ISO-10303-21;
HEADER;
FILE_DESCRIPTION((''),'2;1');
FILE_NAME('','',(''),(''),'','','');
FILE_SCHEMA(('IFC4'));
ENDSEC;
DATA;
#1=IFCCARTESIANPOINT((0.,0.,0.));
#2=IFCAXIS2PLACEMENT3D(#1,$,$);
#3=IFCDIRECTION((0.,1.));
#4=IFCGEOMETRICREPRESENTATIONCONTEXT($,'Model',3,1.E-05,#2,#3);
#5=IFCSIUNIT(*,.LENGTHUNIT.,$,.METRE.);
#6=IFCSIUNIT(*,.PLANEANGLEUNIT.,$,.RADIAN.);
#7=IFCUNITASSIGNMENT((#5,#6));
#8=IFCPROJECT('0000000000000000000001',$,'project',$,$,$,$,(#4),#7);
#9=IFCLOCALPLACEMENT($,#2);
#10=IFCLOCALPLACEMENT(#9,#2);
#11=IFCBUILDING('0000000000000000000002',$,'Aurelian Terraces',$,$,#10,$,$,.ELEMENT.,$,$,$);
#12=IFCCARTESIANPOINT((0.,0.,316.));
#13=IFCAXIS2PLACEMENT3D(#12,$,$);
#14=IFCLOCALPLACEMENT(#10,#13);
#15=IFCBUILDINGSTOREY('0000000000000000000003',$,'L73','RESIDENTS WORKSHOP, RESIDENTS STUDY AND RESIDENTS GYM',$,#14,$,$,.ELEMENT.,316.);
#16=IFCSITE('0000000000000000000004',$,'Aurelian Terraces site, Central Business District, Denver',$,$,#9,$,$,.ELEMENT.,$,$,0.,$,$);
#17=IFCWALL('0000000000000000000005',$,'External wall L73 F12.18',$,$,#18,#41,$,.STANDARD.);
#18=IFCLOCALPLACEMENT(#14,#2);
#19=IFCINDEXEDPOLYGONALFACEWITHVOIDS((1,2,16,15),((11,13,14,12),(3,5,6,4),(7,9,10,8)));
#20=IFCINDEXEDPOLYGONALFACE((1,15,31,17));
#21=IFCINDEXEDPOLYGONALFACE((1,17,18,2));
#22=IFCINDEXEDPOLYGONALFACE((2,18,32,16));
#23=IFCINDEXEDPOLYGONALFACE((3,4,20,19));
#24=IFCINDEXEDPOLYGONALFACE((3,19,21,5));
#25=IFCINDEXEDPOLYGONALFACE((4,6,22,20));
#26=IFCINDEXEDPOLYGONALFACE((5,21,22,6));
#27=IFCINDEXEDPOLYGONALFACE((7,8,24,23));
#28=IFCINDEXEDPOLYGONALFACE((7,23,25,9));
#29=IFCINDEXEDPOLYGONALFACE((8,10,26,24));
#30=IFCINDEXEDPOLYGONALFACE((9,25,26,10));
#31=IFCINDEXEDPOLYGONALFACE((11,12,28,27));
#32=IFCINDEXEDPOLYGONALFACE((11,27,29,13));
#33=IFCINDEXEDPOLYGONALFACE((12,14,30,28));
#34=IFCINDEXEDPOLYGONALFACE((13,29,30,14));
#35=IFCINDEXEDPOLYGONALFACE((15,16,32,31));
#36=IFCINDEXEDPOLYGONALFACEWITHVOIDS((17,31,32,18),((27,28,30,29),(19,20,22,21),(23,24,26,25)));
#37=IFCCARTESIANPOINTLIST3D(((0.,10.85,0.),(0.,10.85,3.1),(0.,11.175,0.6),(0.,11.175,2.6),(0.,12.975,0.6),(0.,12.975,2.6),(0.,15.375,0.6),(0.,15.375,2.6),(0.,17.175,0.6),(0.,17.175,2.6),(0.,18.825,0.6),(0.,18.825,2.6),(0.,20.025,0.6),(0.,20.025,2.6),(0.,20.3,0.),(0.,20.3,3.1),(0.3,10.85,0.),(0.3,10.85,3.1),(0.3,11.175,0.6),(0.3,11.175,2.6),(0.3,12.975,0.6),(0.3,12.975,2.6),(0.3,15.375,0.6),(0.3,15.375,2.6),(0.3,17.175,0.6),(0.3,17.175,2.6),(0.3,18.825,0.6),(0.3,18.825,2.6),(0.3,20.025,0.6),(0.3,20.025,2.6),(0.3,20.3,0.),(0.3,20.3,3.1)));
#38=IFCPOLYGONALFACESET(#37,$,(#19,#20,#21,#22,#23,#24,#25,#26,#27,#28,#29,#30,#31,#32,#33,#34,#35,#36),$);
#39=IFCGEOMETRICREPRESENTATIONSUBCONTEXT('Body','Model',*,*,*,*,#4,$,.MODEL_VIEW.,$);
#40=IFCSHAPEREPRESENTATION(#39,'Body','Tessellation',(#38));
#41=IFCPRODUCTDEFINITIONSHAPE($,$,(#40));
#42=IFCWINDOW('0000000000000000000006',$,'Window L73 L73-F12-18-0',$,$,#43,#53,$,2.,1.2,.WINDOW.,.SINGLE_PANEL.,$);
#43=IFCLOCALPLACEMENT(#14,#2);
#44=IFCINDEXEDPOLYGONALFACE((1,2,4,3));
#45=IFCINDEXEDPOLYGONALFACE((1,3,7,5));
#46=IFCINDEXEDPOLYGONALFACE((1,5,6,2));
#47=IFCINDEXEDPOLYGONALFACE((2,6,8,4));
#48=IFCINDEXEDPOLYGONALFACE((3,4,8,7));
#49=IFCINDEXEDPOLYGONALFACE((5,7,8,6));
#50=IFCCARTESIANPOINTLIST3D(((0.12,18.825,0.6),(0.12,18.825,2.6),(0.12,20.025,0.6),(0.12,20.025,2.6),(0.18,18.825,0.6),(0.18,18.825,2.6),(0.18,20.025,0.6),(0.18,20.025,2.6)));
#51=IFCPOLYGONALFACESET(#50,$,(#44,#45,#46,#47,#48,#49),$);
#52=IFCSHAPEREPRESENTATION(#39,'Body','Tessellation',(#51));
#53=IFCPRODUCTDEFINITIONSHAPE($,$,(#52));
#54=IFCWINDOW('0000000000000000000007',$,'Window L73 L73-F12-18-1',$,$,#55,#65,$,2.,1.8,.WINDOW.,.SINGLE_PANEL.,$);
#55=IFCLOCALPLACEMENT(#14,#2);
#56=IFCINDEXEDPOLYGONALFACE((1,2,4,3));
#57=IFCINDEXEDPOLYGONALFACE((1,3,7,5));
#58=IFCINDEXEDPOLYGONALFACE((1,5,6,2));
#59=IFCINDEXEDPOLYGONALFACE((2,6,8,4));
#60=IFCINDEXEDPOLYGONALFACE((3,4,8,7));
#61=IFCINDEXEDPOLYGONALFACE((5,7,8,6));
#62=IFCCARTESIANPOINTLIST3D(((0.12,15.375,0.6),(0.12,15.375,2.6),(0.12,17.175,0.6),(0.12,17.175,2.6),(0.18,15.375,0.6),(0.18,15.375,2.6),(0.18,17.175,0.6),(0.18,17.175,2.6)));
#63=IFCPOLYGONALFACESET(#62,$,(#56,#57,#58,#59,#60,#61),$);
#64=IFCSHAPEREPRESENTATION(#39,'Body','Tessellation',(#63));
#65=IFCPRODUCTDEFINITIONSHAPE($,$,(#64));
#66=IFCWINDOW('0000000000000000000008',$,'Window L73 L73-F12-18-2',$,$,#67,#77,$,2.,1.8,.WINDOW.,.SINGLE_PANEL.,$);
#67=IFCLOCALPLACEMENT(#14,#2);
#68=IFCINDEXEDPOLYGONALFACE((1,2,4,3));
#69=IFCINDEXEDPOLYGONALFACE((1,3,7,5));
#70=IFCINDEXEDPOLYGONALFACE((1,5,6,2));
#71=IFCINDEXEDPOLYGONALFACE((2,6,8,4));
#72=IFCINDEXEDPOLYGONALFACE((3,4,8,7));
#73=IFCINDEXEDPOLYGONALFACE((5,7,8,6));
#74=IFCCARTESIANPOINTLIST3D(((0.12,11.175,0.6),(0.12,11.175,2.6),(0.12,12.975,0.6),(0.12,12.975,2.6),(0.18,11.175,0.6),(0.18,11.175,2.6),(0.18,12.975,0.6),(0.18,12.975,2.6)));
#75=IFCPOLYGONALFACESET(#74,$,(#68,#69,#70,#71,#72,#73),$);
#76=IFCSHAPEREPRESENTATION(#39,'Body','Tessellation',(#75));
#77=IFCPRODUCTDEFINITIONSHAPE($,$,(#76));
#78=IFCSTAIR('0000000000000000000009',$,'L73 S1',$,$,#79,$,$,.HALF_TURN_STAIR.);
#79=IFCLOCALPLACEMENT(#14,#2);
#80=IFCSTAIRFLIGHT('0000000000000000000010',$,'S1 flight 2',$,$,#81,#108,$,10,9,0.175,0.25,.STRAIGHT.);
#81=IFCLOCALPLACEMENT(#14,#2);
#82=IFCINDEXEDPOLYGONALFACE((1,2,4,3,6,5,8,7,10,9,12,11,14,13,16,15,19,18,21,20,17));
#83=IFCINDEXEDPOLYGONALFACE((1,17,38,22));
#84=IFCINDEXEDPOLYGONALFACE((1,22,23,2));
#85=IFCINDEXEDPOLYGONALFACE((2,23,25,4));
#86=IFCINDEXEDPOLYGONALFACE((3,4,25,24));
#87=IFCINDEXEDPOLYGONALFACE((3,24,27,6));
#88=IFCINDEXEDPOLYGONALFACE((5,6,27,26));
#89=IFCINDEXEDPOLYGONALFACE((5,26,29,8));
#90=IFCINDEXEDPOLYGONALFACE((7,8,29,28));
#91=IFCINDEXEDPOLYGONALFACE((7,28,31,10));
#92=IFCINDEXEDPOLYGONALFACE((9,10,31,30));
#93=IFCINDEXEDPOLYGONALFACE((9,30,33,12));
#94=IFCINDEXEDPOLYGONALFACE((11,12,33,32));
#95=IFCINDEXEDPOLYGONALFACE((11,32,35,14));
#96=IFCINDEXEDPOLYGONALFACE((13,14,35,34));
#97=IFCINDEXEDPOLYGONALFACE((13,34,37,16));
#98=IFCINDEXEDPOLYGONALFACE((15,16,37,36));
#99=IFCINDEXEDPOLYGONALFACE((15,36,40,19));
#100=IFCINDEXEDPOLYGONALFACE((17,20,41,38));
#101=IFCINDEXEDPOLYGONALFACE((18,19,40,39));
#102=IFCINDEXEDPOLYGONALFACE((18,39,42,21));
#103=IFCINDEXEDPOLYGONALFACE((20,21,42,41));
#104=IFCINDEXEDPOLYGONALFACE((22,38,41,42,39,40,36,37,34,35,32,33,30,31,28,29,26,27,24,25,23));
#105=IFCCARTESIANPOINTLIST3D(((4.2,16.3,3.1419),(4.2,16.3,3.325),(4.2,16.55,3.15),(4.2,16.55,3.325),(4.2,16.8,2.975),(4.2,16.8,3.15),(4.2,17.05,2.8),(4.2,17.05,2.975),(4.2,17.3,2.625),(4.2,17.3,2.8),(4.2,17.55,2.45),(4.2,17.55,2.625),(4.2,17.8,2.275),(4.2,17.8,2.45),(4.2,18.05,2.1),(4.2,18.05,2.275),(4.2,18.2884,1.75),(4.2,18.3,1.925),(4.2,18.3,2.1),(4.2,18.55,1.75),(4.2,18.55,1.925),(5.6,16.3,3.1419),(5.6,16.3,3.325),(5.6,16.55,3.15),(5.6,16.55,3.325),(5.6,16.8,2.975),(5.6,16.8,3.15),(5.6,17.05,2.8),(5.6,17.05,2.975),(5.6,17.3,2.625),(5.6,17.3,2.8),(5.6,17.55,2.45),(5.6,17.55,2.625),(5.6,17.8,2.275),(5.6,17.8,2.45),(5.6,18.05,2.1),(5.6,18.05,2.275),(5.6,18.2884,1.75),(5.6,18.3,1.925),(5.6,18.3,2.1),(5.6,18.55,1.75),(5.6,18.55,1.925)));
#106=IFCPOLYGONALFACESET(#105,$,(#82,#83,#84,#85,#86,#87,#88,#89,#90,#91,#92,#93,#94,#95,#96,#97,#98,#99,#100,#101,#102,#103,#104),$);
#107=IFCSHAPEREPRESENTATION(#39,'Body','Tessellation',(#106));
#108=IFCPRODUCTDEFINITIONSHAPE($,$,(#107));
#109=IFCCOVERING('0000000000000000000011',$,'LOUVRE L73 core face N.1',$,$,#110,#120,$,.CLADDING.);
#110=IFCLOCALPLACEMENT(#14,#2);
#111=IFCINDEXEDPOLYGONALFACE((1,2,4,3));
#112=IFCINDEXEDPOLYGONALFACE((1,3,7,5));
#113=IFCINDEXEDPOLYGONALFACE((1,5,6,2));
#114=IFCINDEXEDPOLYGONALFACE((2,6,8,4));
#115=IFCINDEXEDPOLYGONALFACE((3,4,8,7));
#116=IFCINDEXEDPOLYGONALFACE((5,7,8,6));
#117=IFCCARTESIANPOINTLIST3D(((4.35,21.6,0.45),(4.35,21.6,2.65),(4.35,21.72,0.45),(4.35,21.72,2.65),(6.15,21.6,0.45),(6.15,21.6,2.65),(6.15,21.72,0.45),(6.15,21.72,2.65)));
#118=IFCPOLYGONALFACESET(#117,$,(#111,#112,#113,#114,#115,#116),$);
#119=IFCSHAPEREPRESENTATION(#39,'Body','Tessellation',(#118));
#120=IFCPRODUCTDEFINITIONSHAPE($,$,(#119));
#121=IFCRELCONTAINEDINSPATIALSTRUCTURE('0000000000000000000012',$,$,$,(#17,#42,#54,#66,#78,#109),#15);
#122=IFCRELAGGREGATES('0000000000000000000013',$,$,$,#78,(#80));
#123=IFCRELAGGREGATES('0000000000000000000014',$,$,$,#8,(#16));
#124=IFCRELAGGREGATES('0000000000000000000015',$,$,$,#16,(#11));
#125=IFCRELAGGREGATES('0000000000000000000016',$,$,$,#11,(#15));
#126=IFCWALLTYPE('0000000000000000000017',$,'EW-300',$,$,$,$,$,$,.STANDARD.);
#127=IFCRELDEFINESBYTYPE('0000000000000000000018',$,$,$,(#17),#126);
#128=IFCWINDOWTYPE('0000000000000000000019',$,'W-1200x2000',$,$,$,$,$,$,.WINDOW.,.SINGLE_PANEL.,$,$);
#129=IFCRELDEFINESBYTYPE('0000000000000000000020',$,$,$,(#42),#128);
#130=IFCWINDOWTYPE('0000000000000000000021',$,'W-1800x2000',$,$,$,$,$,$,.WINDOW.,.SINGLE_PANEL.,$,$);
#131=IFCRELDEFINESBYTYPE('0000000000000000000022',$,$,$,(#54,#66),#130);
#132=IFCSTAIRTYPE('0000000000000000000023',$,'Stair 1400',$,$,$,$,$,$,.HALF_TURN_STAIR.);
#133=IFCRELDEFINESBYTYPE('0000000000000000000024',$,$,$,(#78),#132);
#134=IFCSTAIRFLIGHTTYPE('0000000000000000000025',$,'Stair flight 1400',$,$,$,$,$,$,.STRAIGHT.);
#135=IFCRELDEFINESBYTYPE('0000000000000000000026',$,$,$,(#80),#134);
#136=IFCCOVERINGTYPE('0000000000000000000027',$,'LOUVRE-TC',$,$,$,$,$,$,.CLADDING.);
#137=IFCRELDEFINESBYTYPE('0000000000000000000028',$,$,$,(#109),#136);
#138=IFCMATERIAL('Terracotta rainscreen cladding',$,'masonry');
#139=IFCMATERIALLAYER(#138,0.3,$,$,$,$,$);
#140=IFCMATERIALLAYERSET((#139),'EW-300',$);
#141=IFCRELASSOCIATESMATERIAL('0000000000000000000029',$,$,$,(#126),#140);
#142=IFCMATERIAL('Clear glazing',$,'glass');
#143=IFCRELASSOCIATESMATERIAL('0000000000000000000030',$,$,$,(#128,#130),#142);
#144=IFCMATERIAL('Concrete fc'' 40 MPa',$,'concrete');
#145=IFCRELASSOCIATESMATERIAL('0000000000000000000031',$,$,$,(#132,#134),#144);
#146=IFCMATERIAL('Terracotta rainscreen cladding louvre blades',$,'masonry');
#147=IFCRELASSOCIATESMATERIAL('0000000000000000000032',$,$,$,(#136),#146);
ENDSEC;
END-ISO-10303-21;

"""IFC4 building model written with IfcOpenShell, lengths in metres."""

from ifc_helpers import new_model, si_unit, direction, frame, frame_2d, origin, origin_2d, place, context, subcontext, project, spatial, polyline, rectangle, outline, extrude, source, transform, mapped, material, layer, layer_set, type_object, element, fill, aggregate, save


model = new_model("IFC4")

# Units and contexts
model_context = context("Model", 3, precision=1e-05, world=origin(), true_north=direction((0.0, 1.0)))
body_context = subcontext(model_context, "Body", "Model", "MODEL_VIEW")
ifc_project = project(units=[si_unit("LENGTHUNIT", "METRE"), si_unit("PLANEANGLEUNIT", "RADIAN")], contexts=[model_context])

# Site, building, storey
site_placement = place(None, origin())
site = spatial("IfcSite", under=ifc_project, at=site_placement, Name="Aurelian Terraces site, Central Business District, Denver", CompositionType="ELEMENT", RefElevation=0.0)
building_placement = place(site_placement, origin())
building = spatial("IfcBuilding", under=site, at=building_placement, Name="Aurelian Terraces", CompositionType="ELEMENT")
storey_placement = place(building_placement, frame((0.0, 0.0, 316.0)))
storey = spatial("IfcBuildingStorey", under=building, at=storey_placement, Name="L73", Description="RESIDENTS WORKSHOP, RESIDENTS STUDY AND RESIDENTS GYM", CompositionType="ELEMENT", Elevation=316.0)

# Shared definitions
ifc_material_1 = material(Name="Terracotta rainscreen cladding", Category="masonry")
ifc_layer_1 = layer(ifc_material_1, 0.3)
ifc_layer_set_1 = layer_set([ifc_layer_1], Name="EW-300")
wall_type_1 = type_object("IfcWallType", Name="EW-300", PredefinedType="STANDARD", material=ifc_layer_set_1)
ifc_material_2 = material(Name="Clear glazing", Category="glass")

# Wall, openings, windows
shared_shape_1 = source(origin(), body_context, "Body", "SweptSolid", [
    extrude(rectangle(XDim=9.45, YDim=0.3, at=frame_2d((4.725, 0.0))), origin(), (0.0, 0.0, 1.0), 3.1),
])
wall_1_placement = place(storey_placement, frame((0.15, 20.3, 0.0), z_axis=(0.0, 0.0, 1.0), x_axis=(0.0, -1.0, 0.0)))
wall_1 = element("IfcWall", 1, at=wall_1_placement, inside=storey, type_object=wall_type_1, Name="External wall L73 F12.18", PredefinedType="STANDARD", context=body_context, shape_type="MappedRepresentation", body=[
    mapped(shared_shape_1, transform((0.0, 0.0, 0.0), scale=1.0)),
])
shared_shape_2 = source(origin(), body_context, "Body", "SweptSolid", [
    extrude(rectangle(XDim=1.2, YDim=2.0, at=frame_2d((0.6, 1.0))), frame((0.0, 0.16, 0.0), z_axis=(0.0, -1.0, 0.0), x_axis=(1.0, 0.0, 0.0)), (0.0, 0.0, 1.0), 0.32),
])
opening_1_placement = place(wall_1_placement, frame((0.275, 0.0, 0.6)))
opening_1 = element("IfcOpeningElement", 2, at=opening_1_placement, cuts=wall_1, PredefinedType="OPENING", context=body_context, shape_type="MappedRepresentation", body=[
    mapped(shared_shape_2, transform((0.0, 0.0, 0.0), scale=1.0)),
])
shared_shape_3 = source(origin(), body_context, "Body", "SweptSolid", [
    extrude(rectangle(XDim=1.8, YDim=2.0, at=frame_2d((0.9, 1.0))), frame((0.0, 0.16, 0.0), z_axis=(0.0, -1.0, 0.0), x_axis=(1.0, 0.0, 0.0)), (0.0, 0.0, 1.0), 0.32),
])
opening_2_placement = place(wall_1_placement, frame((3.125, 0.0, 0.6)))
opening_2 = element("IfcOpeningElement", 3, at=opening_2_placement, cuts=wall_1, PredefinedType="OPENING", context=body_context, shape_type="MappedRepresentation", body=[
    mapped(shared_shape_3, transform((0.0, 0.0, 0.0), scale=1.0)),
])
opening_3_placement = place(wall_1_placement, frame((7.325, 0.0, 0.6)))
opening_3 = element("IfcOpeningElement", 4, at=opening_3_placement, cuts=wall_1, PredefinedType="OPENING", context=body_context, shape_type="MappedRepresentation", body=[
    mapped(shared_shape_3, transform((0.0, 0.0, 0.0), scale=1.0)),
])
window_type_1 = type_object("IfcWindowType", Name="W-1200x2000", PartitioningType="SINGLE_PANEL", PredefinedType="WINDOW", material=ifc_material_2)
shared_shape_4 = source(origin(), body_context, "Body", "SweptSolid", [
    extrude(rectangle(XDim=1.2, YDim=2.0, at=frame_2d((0.6, 1.0))), frame((0.0, 0.03, 0.0), z_axis=(0.0, -1.0, 0.0), x_axis=(1.0, 0.0, 0.0)), (0.0, 0.0, 1.0), 0.06),
])
window_1_placement = place(opening_1_placement, origin())
window_1 = element("IfcWindow", 5, at=window_1_placement, inside=storey, type_object=window_type_1, Name="Window L73 L73-F12-18-0", OverallHeight=2.0, OverallWidth=1.2, PartitioningType="SINGLE_PANEL", PredefinedType="WINDOW", context=body_context, shape_type="MappedRepresentation", body=[
    mapped(shared_shape_4, transform((0.0, 0.0, 0.0), scale=1.0)),
])
fill(opening_1, window_1)
window_type_2 = type_object("IfcWindowType", Name="W-1800x2000", PartitioningType="SINGLE_PANEL", PredefinedType="WINDOW", material=ifc_material_2)
shared_shape_5 = source(origin(), body_context, "Body", "SweptSolid", [
    extrude(rectangle(XDim=1.8, YDim=2.0, at=frame_2d((0.9, 1.0))), frame((0.0, 0.03, 0.0), z_axis=(0.0, -1.0, 0.0), x_axis=(1.0, 0.0, 0.0)), (0.0, 0.0, 1.0), 0.06),
])
window_2_placement = place(opening_2_placement, origin())
window_2 = element("IfcWindow", 6, at=window_2_placement, inside=storey, type_object=window_type_2, Name="Window L73 L73-F12-18-1", OverallHeight=2.0, OverallWidth=1.8, PartitioningType="SINGLE_PANEL", PredefinedType="WINDOW", context=body_context, shape_type="MappedRepresentation", body=[
    mapped(shared_shape_5, transform((0.0, 0.0, 0.0), scale=1.0)),
])
fill(opening_2, window_2)
window_3_placement = place(opening_3_placement, origin())
window_3 = element("IfcWindow", 7, at=window_3_placement, inside=storey, type_object=window_type_2, Name="Window L73 L73-F12-18-2", OverallHeight=2.0, OverallWidth=1.8, PartitioningType="SINGLE_PANEL", PredefinedType="WINDOW", context=body_context, shape_type="MappedRepresentation", body=[
    mapped(shared_shape_5, transform((0.0, 0.0, 0.0), scale=1.0)),
])
fill(opening_3, window_3)

# Stair, stair flight
ifc_material_3 = material(Name="Concrete fc' 40 MPa", Category="concrete")
stair_type = type_object("IfcStairType", Name="Stair 1400", PredefinedType="HALF_TURN_STAIR", material=ifc_material_3)
stair_placement = place(storey_placement, origin())
stair = element("IfcStair", 8, at=stair_placement, inside=storey, type_object=stair_type, Name="L73 S1", PredefinedType="HALF_TURN_STAIR")
stair_flight_type = type_object("IfcStairFlightType", Name="Stair flight 1400", PredefinedType="STRAIGHT", material=ifc_material_3)
shared_shape_6 = source(origin(), body_context, "Body", "SweptSolid", [
    extrude(outline(polyline([(0.0, 0.0), (0.0, 0.175), (0.25, 0.175), (0.25, 0.35), (0.5, 0.35), (0.5, 0.525), (0.75, 0.525), (0.75, 0.7), (1.0, 0.7), (1.0, 0.875), (1.25, 0.875), (1.25, 1.05), (1.5, 1.05), (1.5, 1.225), (1.75, 1.225), (1.75, 1.4), (2.0, 1.4), (2.0, 1.575), (2.25, 1.575), (2.25, 1.75), (2.25, 1.3919), (0.2616, 0.0), (0.0, 0.0)])), frame((0.0, 0.7, 0.0), z_axis=(0.0, -1.0, 0.0), x_axis=(1.0, 0.0, 0.0)), (0.0, 0.0, 1.0), 1.4),
])
stair_flight_placement = place(storey_placement, frame((4.9, 18.55, 1.75), z_axis=(0.0, 0.0, 1.0), x_axis=(0.0, -1.0, 0.0)))
stair_flight = element("IfcStairFlight", 9, at=stair_flight_placement, type_object=stair_flight_type, Name="S1 flight 2", NumberOfRisers=10, NumberOfTreads=9, PredefinedType="STRAIGHT", RiserHeight=0.175, TreadLength=0.25, context=body_context, shape_type="MappedRepresentation", body=[
    mapped(shared_shape_6, transform((0.0, 0.0, 0.0), scale=1.0)),
])
aggregate(stair, [stair_flight])

# Covering
ifc_material_4 = material(Name="Terracotta rainscreen cladding louvre blades", Category="masonry")
covering_type = type_object("IfcCoveringType", Name="LOUVRE-TC", PredefinedType="CLADDING", material=ifc_material_4)
shared_shape_7 = source(origin(), body_context, "Body", "SweptSolid", [
    extrude(rectangle(XDim=1.8, YDim=0.12, at=origin_2d()), origin(), (0.0, 0.0, 1.0), 2.2),
])
covering_placement = place(storey_placement, frame((5.25, 21.66, 0.45), z_axis=(0.0, 0.0, 1.0), x_axis=(1.0, 0.0, 0.0)))
element("IfcCovering", 10, at=covering_placement, inside=storey, type_object=covering_type, Name="LOUVRE L73 core face N.1", PredefinedType="CLADDING", context=body_context, shape_type="MappedRepresentation", body=[
    mapped(shared_shape_7, transform((0.0, 0.0, 0.0), scale=1.0)),
])

save(model, "model.ifc")
